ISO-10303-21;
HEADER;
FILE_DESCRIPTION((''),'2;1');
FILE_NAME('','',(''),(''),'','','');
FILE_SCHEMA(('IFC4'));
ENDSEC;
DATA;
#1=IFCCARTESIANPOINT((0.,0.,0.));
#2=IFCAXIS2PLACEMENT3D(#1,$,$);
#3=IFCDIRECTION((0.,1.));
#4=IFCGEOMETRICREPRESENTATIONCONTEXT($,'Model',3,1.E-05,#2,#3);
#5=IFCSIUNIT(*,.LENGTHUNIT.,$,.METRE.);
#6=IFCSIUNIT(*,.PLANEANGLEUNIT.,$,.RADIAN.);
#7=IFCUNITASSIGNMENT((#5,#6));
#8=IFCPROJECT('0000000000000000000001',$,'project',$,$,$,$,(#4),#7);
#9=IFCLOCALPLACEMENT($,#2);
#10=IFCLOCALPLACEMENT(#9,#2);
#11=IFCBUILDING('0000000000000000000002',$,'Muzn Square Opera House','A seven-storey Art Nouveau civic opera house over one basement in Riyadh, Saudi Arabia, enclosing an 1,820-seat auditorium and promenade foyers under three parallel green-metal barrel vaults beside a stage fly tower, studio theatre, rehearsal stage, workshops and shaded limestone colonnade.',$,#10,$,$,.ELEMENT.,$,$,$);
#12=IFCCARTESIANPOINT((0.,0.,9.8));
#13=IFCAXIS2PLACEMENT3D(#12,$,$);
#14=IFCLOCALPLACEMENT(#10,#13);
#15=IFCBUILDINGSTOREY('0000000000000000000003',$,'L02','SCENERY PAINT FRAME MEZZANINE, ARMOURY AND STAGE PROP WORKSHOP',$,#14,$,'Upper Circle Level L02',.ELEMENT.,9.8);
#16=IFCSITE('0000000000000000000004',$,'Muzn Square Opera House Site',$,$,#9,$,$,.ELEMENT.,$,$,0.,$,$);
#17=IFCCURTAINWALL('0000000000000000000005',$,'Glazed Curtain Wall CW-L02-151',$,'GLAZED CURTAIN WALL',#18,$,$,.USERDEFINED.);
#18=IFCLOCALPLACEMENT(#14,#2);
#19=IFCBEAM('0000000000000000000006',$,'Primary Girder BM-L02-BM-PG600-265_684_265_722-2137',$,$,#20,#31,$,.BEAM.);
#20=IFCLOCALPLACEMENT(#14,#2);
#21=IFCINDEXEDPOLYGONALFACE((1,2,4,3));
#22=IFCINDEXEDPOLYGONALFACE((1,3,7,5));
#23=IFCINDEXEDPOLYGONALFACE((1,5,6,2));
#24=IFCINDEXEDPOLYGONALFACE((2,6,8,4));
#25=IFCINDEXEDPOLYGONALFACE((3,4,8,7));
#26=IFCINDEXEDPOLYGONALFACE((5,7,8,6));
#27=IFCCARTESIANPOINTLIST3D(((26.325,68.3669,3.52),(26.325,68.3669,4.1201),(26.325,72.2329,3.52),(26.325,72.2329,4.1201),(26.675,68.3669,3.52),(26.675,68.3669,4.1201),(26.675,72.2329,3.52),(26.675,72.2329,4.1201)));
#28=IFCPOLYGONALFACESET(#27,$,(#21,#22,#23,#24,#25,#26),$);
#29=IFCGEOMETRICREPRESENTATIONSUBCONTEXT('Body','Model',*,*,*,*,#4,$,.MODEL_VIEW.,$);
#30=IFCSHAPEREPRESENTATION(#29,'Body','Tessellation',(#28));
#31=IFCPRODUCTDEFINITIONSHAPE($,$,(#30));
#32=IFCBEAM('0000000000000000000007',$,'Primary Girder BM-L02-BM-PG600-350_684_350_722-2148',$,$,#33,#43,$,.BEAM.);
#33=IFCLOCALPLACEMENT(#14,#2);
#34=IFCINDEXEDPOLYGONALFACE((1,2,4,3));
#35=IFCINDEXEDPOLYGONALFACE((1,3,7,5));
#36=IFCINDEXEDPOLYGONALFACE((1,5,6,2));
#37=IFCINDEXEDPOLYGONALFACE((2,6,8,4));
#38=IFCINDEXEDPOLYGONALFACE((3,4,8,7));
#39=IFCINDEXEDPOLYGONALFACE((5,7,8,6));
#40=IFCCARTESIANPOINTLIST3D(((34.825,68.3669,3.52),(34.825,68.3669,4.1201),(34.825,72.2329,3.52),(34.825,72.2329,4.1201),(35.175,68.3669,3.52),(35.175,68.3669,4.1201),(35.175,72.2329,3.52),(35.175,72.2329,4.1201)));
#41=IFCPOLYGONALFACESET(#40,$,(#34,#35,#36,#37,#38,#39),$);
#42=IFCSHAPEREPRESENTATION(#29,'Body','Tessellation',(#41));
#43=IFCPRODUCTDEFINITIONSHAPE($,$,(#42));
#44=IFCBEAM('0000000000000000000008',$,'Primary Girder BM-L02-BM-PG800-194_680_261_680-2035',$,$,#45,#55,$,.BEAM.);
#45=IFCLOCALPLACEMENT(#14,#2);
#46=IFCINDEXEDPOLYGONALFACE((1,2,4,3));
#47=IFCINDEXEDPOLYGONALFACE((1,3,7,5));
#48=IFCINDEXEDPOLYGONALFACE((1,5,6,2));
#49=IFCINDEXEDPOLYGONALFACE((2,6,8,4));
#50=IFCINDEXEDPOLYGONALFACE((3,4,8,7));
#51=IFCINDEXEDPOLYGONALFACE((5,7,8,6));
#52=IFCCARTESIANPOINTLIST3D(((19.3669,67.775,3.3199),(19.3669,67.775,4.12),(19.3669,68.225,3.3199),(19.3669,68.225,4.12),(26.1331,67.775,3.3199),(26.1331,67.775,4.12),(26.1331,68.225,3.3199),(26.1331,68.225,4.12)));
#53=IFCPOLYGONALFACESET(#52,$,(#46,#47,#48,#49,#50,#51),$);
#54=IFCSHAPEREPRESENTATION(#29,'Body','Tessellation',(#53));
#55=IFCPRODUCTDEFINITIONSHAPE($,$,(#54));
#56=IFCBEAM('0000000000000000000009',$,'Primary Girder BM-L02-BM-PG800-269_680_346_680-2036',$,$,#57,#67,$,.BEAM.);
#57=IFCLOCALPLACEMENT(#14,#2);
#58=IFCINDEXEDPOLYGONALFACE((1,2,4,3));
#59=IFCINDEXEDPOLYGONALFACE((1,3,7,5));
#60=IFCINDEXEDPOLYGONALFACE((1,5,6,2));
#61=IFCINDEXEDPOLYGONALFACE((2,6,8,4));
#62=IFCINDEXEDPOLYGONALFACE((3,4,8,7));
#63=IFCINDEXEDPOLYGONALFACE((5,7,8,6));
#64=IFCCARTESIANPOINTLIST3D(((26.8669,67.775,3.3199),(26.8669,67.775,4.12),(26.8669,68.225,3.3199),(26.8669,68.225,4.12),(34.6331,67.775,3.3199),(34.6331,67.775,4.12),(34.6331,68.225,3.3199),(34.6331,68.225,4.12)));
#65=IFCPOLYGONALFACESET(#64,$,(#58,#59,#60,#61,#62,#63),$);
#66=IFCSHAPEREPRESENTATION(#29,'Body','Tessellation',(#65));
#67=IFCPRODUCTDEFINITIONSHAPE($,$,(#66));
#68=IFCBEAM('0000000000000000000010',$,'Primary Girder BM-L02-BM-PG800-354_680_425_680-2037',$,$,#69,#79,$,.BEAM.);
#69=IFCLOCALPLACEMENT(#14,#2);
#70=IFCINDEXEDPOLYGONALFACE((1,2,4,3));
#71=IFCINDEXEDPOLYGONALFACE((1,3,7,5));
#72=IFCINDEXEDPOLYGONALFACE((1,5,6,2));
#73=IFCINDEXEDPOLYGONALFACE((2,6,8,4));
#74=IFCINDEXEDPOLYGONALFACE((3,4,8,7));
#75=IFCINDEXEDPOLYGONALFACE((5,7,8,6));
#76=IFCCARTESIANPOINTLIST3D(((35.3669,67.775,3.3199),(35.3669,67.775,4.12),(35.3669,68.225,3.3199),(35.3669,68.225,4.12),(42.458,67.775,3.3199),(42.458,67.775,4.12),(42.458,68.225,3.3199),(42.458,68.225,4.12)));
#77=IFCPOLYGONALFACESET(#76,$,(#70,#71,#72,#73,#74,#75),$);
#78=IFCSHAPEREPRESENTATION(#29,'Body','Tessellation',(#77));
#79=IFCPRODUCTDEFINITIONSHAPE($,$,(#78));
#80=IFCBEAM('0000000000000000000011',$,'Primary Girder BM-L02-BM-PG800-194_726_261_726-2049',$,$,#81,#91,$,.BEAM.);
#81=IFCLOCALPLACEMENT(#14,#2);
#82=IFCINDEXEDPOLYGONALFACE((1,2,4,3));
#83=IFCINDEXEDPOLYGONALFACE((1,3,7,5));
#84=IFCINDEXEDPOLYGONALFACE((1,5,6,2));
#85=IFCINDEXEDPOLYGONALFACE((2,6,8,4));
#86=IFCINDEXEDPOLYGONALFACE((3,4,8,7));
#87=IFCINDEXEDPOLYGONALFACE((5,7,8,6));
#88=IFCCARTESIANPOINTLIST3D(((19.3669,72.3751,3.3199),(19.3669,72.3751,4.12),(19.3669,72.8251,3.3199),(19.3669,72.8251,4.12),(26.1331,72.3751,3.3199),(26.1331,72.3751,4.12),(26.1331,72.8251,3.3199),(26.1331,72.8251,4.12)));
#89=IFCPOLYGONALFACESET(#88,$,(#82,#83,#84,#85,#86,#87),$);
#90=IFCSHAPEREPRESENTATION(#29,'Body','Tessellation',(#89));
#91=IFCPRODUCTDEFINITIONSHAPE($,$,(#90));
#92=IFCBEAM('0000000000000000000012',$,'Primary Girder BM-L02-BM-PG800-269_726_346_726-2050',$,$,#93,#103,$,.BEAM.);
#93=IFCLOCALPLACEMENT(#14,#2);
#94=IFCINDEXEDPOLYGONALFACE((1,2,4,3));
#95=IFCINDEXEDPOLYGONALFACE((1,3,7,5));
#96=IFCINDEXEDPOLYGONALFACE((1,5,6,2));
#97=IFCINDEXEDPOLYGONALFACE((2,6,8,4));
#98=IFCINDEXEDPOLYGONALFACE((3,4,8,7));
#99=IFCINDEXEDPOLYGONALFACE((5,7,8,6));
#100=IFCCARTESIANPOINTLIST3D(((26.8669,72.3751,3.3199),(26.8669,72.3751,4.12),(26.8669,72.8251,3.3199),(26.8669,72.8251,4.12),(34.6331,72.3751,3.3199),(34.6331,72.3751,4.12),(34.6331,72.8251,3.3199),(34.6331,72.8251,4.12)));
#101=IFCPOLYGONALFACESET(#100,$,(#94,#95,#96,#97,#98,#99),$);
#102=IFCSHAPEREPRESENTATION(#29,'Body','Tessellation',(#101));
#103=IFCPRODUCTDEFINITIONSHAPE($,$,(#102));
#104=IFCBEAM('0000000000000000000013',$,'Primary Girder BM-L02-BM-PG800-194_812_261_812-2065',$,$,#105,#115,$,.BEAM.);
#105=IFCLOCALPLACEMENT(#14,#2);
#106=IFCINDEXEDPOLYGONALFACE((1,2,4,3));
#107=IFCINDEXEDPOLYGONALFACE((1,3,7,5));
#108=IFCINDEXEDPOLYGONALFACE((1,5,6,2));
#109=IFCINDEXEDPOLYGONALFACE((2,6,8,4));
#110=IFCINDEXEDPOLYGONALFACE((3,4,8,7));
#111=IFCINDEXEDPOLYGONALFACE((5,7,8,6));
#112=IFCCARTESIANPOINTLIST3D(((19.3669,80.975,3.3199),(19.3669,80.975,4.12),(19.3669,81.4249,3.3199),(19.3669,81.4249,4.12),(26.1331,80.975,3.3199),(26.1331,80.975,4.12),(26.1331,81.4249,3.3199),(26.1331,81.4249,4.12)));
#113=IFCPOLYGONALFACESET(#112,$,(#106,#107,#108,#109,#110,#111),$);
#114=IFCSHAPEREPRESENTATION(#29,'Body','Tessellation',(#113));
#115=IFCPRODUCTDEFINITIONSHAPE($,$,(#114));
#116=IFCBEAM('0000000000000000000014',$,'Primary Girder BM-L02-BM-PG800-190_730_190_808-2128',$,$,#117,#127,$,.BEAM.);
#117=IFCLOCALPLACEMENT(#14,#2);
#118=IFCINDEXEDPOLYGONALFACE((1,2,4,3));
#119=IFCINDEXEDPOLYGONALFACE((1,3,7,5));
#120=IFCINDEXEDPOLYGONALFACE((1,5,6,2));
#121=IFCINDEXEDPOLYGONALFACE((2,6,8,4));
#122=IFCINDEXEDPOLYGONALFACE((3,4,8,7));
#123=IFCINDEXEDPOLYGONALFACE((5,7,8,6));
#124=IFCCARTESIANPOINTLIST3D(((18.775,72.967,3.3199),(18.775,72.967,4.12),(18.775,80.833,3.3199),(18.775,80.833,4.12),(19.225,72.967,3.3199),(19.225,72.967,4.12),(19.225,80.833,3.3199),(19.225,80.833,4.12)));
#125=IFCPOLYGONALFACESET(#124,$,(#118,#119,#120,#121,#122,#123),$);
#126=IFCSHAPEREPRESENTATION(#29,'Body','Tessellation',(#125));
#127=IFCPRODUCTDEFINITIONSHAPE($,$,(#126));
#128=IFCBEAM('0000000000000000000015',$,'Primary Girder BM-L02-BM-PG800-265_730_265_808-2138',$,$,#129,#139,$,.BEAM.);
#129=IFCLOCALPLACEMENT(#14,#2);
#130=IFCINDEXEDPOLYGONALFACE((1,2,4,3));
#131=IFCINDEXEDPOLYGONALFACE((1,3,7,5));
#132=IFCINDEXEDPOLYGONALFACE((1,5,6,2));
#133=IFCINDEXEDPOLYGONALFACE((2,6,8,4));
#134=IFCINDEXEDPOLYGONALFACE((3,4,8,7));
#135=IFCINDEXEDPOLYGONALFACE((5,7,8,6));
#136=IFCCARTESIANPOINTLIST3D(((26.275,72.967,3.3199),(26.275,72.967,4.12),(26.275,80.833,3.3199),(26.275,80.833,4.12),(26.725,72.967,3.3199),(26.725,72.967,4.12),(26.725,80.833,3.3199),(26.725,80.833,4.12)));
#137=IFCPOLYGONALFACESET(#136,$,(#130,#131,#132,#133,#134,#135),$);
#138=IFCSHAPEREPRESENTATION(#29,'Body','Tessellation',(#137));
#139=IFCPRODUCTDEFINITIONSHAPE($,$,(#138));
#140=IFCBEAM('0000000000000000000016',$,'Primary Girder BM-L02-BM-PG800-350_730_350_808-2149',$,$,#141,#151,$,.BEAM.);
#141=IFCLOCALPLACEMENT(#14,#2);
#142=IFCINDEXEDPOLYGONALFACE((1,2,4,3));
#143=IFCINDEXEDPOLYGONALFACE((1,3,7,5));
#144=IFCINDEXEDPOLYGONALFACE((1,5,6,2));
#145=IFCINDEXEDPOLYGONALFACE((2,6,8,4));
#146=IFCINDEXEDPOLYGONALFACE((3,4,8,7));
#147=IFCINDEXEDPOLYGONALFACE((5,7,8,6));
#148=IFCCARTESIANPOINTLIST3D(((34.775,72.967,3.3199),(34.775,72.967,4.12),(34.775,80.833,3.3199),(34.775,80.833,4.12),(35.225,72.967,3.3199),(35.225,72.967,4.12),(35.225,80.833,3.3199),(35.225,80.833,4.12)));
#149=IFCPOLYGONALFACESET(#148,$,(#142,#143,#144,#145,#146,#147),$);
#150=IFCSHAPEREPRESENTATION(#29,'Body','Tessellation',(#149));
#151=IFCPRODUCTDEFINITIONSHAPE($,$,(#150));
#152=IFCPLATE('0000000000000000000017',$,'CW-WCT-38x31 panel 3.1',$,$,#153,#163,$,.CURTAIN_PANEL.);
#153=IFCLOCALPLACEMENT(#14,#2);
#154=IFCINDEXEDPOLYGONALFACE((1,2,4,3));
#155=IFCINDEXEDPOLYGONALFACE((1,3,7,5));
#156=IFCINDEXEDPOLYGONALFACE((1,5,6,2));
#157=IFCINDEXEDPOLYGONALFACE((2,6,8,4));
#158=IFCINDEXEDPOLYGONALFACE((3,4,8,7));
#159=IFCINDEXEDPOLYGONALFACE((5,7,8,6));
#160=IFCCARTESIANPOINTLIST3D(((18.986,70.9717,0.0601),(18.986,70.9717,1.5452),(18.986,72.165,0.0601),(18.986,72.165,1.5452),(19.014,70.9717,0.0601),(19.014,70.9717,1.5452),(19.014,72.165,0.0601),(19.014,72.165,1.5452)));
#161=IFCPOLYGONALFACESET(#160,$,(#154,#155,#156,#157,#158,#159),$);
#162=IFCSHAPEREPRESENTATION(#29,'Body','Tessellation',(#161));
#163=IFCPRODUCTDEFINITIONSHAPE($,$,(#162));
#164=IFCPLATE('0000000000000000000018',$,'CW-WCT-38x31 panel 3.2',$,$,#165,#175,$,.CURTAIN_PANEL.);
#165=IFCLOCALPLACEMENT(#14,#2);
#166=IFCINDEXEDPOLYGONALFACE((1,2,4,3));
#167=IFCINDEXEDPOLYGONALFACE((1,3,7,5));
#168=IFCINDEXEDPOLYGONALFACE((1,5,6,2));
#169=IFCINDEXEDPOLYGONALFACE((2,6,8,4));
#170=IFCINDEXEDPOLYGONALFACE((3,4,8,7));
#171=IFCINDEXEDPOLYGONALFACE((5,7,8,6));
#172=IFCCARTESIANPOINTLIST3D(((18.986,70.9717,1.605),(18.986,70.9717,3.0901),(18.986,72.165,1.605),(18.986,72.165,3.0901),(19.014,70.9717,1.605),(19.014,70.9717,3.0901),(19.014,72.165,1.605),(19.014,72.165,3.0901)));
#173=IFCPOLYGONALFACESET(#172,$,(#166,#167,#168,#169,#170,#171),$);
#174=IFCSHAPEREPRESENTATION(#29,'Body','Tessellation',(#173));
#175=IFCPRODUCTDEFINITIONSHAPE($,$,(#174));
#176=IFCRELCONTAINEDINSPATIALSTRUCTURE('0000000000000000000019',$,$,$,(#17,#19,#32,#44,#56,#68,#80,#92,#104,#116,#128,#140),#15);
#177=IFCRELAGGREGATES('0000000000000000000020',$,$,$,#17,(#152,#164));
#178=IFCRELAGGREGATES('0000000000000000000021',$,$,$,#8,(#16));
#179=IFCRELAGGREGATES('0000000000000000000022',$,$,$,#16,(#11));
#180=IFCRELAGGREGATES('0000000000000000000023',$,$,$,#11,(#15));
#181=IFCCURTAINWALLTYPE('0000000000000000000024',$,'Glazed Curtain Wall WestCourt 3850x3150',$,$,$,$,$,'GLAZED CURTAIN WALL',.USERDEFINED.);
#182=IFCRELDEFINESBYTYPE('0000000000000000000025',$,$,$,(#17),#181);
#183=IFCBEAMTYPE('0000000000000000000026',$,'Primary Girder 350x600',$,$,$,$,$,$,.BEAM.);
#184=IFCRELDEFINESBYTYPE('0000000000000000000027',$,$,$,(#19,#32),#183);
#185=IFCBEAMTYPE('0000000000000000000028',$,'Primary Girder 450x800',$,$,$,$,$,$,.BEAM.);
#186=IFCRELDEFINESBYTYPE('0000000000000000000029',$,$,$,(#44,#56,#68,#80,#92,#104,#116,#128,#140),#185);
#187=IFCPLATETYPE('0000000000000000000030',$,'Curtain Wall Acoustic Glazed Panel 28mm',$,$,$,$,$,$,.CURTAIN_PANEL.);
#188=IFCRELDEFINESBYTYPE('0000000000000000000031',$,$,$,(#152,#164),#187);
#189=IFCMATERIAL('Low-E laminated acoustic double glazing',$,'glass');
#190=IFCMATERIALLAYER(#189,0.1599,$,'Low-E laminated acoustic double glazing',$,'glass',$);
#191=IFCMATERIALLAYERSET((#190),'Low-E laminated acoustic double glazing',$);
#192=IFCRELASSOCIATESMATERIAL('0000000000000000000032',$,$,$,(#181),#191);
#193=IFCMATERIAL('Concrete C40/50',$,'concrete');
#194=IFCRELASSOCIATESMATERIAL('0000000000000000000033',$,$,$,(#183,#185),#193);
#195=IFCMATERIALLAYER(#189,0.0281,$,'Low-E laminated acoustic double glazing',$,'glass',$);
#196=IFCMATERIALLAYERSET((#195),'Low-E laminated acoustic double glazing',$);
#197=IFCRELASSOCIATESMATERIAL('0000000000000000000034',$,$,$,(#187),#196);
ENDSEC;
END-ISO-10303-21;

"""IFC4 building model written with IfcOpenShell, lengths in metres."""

from ifc_helpers import new_model, si_unit, direction, frame, origin, origin_2d, place, context, subcontext, project, spatial, rectangle, extrude, material, layer, layer_set, material_profile, profile_set, type_object, element, aggregate, save


model = new_model("IFC4")

# Units and contexts
model_context = context("Model", 3, precision=1e-05, world=origin(), true_north=direction((0.0, 1.0)))
body_context = subcontext(model_context, "Body", "Model", "MODEL_VIEW")
ifc_project = project(units=[si_unit("LENGTHUNIT", "METRE"), si_unit("PLANEANGLEUNIT", "RADIAN")], contexts=[model_context])

# Site, building, storey
site_placement = place(None, origin())
site = spatial("IfcSite", under=ifc_project, at=site_placement, Name="Muzn Square Opera House Site", CompositionType="ELEMENT", RefElevation=0.0)
building_placement = place(site_placement, origin())
building = spatial("IfcBuilding", under=site, at=building_placement, Name="Muzn Square Opera House", Description="A seven-storey Art Nouveau civic opera house over one basement in Riyadh, Saudi Arabia, enclosing an 1,820-seat auditorium and promenade foyers under three parallel green-metal barrel vaults beside a stage fly tower, studio theatre, rehearsal stage, workshops and shaded limestone colonnade.", CompositionType="ELEMENT")
storey_placement = place(building_placement, frame((0.0, 0.0, 9.8)))
storey = spatial("IfcBuildingStorey", under=building, at=storey_placement, Name="L02", Description="SCENERY PAINT FRAME MEZZANINE, ARMOURY AND STAGE PROP WORKSHOP", LongName="Upper Circle Level L02", CompositionType="ELEMENT", Elevation=9.8)

# Curtain wall
ifc_material_1 = material(Name="Low-E laminated acoustic double glazing", Category="glass")
ifc_layer_1 = layer(ifc_material_1, 0.1599, Name="Low-E laminated acoustic double glazing", Category="glass")
ifc_layer_set_1 = layer_set([ifc_layer_1], Name="Low-E laminated acoustic double glazing")
curtain_wall_type = type_object("IfcCurtainWallType", Name="Glazed Curtain Wall WestCourt 3850x3150", ElementType="GLAZED CURTAIN WALL", PredefinedType="USERDEFINED", material=ifc_layer_set_1)
curtain_wall_placement = place(storey_placement, origin())
curtain_wall = element("IfcCurtainWall", 1, at=curtain_wall_placement, inside=storey, type_object=curtain_wall_type, Name="Glazed Curtain Wall CW-L02-151", ObjectType="GLAZED CURTAIN WALL", PredefinedType="USERDEFINED")

# Beams
ifc_material_2 = material(Name="Concrete C40/50", Category="concrete")
ifc_material_profile_1 = material_profile(ifc_material_2, rectangle(XDim=0.3501, YDim=0.6001, at=origin_2d()), Name="RCB 350x600", Category="concrete")
ifc_profile_set_1 = profile_set([ifc_material_profile_1], Name="Concrete C40/50")
beam_type_1 = type_object("IfcBeamType", Name="Primary Girder 350x600", PredefinedType="BEAM", material=ifc_profile_set_1)
for number, where, z_axis, x_axis, name in (
    (2, (26.5, 68.3669, 3.8201), (0.0, 1.0, 0.0), (-1.0, 0.0, 0.0), "Primary Girder BM-L02-BM-PG600-265_684_265_722-2137"),
    (3, (35.0, 68.3669, 3.8201), (0.0, 1.0, 0.0), (-1.0, 0.0, 0.0), "Primary Girder BM-L02-BM-PG600-350_684_350_722-2148"),
):
    element("IfcBeam", number, at=place(storey_placement, frame(where, z_axis=z_axis, x_axis=x_axis)), inside=storey, type_object=beam_type_1, Name=name, PredefinedType="BEAM", context=body_context, shape_type="SweptSolid", body=[
        extrude(rectangle(XDim=0.3501, YDim=0.6001, at=origin_2d()), origin(), (0.0, 0.0, 1.0), 3.866),
    ])
ifc_material_profile_2 = material_profile(ifc_material_2, rectangle(XDim=0.45, YDim=0.8, at=origin_2d()), Name="RCB 450x800", Category="concrete")
ifc_profile_set_2 = profile_set([ifc_material_profile_2], Name="Concrete C40/50")
beam_type_2 = type_object("IfcBeamType", Name="Primary Girder 450x800", PredefinedType="BEAM", material=ifc_profile_set_2)
beam_1_placement = place(storey_placement, frame((19.3669, 68.0, 3.72), z_axis=(1.0, 0.0, 0.0), x_axis=(0.0, 1.0, 0.0)))
element("IfcBeam", 4, at=beam_1_placement, inside=storey, type_object=beam_type_2, Name="Primary Girder BM-L02-BM-PG800-194_680_261_680-2035", PredefinedType="BEAM", context=body_context, shape_type="SweptSolid", body=[
    extrude(rectangle(XDim=0.45, YDim=0.8, at=origin_2d()), origin(), (0.0, 0.0, 1.0), 6.7661),
])
beam_2_placement = place(storey_placement, frame((26.8669, 68.0, 3.72), z_axis=(1.0, 0.0, 0.0), x_axis=(0.0, 1.0, 0.0)))
element("IfcBeam", 5, at=beam_2_placement, inside=storey, type_object=beam_type_2, Name="Primary Girder BM-L02-BM-PG800-269_680_346_680-2036", PredefinedType="BEAM", context=body_context, shape_type="SweptSolid", body=[
    extrude(rectangle(XDim=0.45, YDim=0.8, at=origin_2d()), origin(), (0.0, 0.0, 1.0), 7.7661),
])
beam_3_placement = place(storey_placement, frame((35.3669, 68.0, 3.72), z_axis=(1.0, 0.0, 0.0), x_axis=(0.0, 1.0, 0.0)))
element("IfcBeam", 6, at=beam_3_placement, inside=storey, type_object=beam_type_2, Name="Primary Girder BM-L02-BM-PG800-354_680_425_680-2037", PredefinedType="BEAM", context=body_context, shape_type="SweptSolid", body=[
    extrude(rectangle(XDim=0.45, YDim=0.8, at=origin_2d()), origin(), (0.0, 0.0, 1.0), 7.0911),
])
beam_4_placement = place(storey_placement, frame((19.3669, 72.6001, 3.72), z_axis=(1.0, 0.0, 0.0), x_axis=(0.0, 1.0, 0.0)))
element("IfcBeam", 7, at=beam_4_placement, inside=storey, type_object=beam_type_2, Name="Primary Girder BM-L02-BM-PG800-194_726_261_726-2049", PredefinedType="BEAM", context=body_context, shape_type="SweptSolid", body=[
    extrude(rectangle(XDim=0.45, YDim=0.8, at=origin_2d()), origin(), (0.0, 0.0, 1.0), 6.7661),
])
beam_5_placement = place(storey_placement, frame((26.8669, 72.6001, 3.72), z_axis=(1.0, 0.0, 0.0), x_axis=(0.0, 1.0, 0.0)))
element("IfcBeam", 8, at=beam_5_placement, inside=storey, type_object=beam_type_2, Name="Primary Girder BM-L02-BM-PG800-269_726_346_726-2050", PredefinedType="BEAM", context=body_context, shape_type="SweptSolid", body=[
    extrude(rectangle(XDim=0.45, YDim=0.8, at=origin_2d()), origin(), (0.0, 0.0, 1.0), 7.7661),
])
beam_6_placement = place(storey_placement, frame((19.3669, 81.2, 3.72), z_axis=(1.0, 0.0, 0.0), x_axis=(0.0, 1.0, 0.0)))
element("IfcBeam", 9, at=beam_6_placement, inside=storey, type_object=beam_type_2, Name="Primary Girder BM-L02-BM-PG800-194_812_261_812-2065", PredefinedType="BEAM", context=body_context, shape_type="SweptSolid", body=[
    extrude(rectangle(XDim=0.45, YDim=0.8, at=origin_2d()), origin(), (0.0, 0.0, 1.0), 6.7661),
])
for number, where, z_axis, x_axis, name in (
    (10, (19.0, 72.967, 3.72), (0.0, 1.0, 0.0), (-1.0, 0.0, 0.0), "Primary Girder BM-L02-BM-PG800-190_730_190_808-2128"),
    (11, (26.5, 72.967, 3.72), (0.0, 1.0, 0.0), (-1.0, 0.0, 0.0), "Primary Girder BM-L02-BM-PG800-265_730_265_808-2138"),
    (12, (35.0, 72.967, 3.72), (0.0, 1.0, 0.0), (-1.0, 0.0, 0.0), "Primary Girder BM-L02-BM-PG800-350_730_350_808-2149"),
):
    element("IfcBeam", number, at=place(storey_placement, frame(where, z_axis=z_axis, x_axis=x_axis)), inside=storey, type_object=beam_type_2, Name=name, PredefinedType="BEAM", context=body_context, shape_type="SweptSolid", body=[
        extrude(rectangle(XDim=0.45, YDim=0.8, at=origin_2d()), origin(), (0.0, 0.0, 1.0), 7.866),
    ])

# Plates
ifc_layer_2 = layer(ifc_material_1, 0.0281, Name="Low-E laminated acoustic double glazing", Category="glass")
ifc_layer_set_2 = layer_set([ifc_layer_2], Name="Low-E laminated acoustic double glazing")
plate_type = type_object("IfcPlateType", Name="Curtain Wall Acoustic Glazed Panel 28mm", PredefinedType="CURTAIN_PANEL", material=ifc_layer_set_2)
plate_1_placement = place(storey_placement, frame((19.0, 71.5684, 0.0601), z_axis=(0.0, 0.0, 1.0), x_axis=(0.0, 1.0, 0.0)))
plate_1 = element("IfcPlate", 13, at=plate_1_placement, type_object=plate_type, Name="CW-WCT-38x31 panel 3.1", PredefinedType="CURTAIN_PANEL", context=body_context, shape_type="SweptSolid", body=[
    extrude(rectangle(XDim=1.1934, YDim=0.0281, at=origin_2d()), origin(), (0.0, 0.0, 1.0), 1.4851),
])
plate_2_placement = place(storey_placement, frame((19.0, 71.5684, 1.605), z_axis=(0.0, 0.0, 1.0), x_axis=(0.0, 1.0, 0.0)))
plate_2 = element("IfcPlate", 14, at=plate_2_placement, type_object=plate_type, Name="CW-WCT-38x31 panel 3.2", PredefinedType="CURTAIN_PANEL", context=body_context, shape_type="SweptSolid", body=[
    extrude(rectangle(XDim=1.1934, YDim=0.0281, at=origin_2d()), origin(), (0.0, 0.0, 1.0), 1.4851),
])
aggregate(curtain_wall, [plate_1, plate_2])

save(model, "model.ifc")
